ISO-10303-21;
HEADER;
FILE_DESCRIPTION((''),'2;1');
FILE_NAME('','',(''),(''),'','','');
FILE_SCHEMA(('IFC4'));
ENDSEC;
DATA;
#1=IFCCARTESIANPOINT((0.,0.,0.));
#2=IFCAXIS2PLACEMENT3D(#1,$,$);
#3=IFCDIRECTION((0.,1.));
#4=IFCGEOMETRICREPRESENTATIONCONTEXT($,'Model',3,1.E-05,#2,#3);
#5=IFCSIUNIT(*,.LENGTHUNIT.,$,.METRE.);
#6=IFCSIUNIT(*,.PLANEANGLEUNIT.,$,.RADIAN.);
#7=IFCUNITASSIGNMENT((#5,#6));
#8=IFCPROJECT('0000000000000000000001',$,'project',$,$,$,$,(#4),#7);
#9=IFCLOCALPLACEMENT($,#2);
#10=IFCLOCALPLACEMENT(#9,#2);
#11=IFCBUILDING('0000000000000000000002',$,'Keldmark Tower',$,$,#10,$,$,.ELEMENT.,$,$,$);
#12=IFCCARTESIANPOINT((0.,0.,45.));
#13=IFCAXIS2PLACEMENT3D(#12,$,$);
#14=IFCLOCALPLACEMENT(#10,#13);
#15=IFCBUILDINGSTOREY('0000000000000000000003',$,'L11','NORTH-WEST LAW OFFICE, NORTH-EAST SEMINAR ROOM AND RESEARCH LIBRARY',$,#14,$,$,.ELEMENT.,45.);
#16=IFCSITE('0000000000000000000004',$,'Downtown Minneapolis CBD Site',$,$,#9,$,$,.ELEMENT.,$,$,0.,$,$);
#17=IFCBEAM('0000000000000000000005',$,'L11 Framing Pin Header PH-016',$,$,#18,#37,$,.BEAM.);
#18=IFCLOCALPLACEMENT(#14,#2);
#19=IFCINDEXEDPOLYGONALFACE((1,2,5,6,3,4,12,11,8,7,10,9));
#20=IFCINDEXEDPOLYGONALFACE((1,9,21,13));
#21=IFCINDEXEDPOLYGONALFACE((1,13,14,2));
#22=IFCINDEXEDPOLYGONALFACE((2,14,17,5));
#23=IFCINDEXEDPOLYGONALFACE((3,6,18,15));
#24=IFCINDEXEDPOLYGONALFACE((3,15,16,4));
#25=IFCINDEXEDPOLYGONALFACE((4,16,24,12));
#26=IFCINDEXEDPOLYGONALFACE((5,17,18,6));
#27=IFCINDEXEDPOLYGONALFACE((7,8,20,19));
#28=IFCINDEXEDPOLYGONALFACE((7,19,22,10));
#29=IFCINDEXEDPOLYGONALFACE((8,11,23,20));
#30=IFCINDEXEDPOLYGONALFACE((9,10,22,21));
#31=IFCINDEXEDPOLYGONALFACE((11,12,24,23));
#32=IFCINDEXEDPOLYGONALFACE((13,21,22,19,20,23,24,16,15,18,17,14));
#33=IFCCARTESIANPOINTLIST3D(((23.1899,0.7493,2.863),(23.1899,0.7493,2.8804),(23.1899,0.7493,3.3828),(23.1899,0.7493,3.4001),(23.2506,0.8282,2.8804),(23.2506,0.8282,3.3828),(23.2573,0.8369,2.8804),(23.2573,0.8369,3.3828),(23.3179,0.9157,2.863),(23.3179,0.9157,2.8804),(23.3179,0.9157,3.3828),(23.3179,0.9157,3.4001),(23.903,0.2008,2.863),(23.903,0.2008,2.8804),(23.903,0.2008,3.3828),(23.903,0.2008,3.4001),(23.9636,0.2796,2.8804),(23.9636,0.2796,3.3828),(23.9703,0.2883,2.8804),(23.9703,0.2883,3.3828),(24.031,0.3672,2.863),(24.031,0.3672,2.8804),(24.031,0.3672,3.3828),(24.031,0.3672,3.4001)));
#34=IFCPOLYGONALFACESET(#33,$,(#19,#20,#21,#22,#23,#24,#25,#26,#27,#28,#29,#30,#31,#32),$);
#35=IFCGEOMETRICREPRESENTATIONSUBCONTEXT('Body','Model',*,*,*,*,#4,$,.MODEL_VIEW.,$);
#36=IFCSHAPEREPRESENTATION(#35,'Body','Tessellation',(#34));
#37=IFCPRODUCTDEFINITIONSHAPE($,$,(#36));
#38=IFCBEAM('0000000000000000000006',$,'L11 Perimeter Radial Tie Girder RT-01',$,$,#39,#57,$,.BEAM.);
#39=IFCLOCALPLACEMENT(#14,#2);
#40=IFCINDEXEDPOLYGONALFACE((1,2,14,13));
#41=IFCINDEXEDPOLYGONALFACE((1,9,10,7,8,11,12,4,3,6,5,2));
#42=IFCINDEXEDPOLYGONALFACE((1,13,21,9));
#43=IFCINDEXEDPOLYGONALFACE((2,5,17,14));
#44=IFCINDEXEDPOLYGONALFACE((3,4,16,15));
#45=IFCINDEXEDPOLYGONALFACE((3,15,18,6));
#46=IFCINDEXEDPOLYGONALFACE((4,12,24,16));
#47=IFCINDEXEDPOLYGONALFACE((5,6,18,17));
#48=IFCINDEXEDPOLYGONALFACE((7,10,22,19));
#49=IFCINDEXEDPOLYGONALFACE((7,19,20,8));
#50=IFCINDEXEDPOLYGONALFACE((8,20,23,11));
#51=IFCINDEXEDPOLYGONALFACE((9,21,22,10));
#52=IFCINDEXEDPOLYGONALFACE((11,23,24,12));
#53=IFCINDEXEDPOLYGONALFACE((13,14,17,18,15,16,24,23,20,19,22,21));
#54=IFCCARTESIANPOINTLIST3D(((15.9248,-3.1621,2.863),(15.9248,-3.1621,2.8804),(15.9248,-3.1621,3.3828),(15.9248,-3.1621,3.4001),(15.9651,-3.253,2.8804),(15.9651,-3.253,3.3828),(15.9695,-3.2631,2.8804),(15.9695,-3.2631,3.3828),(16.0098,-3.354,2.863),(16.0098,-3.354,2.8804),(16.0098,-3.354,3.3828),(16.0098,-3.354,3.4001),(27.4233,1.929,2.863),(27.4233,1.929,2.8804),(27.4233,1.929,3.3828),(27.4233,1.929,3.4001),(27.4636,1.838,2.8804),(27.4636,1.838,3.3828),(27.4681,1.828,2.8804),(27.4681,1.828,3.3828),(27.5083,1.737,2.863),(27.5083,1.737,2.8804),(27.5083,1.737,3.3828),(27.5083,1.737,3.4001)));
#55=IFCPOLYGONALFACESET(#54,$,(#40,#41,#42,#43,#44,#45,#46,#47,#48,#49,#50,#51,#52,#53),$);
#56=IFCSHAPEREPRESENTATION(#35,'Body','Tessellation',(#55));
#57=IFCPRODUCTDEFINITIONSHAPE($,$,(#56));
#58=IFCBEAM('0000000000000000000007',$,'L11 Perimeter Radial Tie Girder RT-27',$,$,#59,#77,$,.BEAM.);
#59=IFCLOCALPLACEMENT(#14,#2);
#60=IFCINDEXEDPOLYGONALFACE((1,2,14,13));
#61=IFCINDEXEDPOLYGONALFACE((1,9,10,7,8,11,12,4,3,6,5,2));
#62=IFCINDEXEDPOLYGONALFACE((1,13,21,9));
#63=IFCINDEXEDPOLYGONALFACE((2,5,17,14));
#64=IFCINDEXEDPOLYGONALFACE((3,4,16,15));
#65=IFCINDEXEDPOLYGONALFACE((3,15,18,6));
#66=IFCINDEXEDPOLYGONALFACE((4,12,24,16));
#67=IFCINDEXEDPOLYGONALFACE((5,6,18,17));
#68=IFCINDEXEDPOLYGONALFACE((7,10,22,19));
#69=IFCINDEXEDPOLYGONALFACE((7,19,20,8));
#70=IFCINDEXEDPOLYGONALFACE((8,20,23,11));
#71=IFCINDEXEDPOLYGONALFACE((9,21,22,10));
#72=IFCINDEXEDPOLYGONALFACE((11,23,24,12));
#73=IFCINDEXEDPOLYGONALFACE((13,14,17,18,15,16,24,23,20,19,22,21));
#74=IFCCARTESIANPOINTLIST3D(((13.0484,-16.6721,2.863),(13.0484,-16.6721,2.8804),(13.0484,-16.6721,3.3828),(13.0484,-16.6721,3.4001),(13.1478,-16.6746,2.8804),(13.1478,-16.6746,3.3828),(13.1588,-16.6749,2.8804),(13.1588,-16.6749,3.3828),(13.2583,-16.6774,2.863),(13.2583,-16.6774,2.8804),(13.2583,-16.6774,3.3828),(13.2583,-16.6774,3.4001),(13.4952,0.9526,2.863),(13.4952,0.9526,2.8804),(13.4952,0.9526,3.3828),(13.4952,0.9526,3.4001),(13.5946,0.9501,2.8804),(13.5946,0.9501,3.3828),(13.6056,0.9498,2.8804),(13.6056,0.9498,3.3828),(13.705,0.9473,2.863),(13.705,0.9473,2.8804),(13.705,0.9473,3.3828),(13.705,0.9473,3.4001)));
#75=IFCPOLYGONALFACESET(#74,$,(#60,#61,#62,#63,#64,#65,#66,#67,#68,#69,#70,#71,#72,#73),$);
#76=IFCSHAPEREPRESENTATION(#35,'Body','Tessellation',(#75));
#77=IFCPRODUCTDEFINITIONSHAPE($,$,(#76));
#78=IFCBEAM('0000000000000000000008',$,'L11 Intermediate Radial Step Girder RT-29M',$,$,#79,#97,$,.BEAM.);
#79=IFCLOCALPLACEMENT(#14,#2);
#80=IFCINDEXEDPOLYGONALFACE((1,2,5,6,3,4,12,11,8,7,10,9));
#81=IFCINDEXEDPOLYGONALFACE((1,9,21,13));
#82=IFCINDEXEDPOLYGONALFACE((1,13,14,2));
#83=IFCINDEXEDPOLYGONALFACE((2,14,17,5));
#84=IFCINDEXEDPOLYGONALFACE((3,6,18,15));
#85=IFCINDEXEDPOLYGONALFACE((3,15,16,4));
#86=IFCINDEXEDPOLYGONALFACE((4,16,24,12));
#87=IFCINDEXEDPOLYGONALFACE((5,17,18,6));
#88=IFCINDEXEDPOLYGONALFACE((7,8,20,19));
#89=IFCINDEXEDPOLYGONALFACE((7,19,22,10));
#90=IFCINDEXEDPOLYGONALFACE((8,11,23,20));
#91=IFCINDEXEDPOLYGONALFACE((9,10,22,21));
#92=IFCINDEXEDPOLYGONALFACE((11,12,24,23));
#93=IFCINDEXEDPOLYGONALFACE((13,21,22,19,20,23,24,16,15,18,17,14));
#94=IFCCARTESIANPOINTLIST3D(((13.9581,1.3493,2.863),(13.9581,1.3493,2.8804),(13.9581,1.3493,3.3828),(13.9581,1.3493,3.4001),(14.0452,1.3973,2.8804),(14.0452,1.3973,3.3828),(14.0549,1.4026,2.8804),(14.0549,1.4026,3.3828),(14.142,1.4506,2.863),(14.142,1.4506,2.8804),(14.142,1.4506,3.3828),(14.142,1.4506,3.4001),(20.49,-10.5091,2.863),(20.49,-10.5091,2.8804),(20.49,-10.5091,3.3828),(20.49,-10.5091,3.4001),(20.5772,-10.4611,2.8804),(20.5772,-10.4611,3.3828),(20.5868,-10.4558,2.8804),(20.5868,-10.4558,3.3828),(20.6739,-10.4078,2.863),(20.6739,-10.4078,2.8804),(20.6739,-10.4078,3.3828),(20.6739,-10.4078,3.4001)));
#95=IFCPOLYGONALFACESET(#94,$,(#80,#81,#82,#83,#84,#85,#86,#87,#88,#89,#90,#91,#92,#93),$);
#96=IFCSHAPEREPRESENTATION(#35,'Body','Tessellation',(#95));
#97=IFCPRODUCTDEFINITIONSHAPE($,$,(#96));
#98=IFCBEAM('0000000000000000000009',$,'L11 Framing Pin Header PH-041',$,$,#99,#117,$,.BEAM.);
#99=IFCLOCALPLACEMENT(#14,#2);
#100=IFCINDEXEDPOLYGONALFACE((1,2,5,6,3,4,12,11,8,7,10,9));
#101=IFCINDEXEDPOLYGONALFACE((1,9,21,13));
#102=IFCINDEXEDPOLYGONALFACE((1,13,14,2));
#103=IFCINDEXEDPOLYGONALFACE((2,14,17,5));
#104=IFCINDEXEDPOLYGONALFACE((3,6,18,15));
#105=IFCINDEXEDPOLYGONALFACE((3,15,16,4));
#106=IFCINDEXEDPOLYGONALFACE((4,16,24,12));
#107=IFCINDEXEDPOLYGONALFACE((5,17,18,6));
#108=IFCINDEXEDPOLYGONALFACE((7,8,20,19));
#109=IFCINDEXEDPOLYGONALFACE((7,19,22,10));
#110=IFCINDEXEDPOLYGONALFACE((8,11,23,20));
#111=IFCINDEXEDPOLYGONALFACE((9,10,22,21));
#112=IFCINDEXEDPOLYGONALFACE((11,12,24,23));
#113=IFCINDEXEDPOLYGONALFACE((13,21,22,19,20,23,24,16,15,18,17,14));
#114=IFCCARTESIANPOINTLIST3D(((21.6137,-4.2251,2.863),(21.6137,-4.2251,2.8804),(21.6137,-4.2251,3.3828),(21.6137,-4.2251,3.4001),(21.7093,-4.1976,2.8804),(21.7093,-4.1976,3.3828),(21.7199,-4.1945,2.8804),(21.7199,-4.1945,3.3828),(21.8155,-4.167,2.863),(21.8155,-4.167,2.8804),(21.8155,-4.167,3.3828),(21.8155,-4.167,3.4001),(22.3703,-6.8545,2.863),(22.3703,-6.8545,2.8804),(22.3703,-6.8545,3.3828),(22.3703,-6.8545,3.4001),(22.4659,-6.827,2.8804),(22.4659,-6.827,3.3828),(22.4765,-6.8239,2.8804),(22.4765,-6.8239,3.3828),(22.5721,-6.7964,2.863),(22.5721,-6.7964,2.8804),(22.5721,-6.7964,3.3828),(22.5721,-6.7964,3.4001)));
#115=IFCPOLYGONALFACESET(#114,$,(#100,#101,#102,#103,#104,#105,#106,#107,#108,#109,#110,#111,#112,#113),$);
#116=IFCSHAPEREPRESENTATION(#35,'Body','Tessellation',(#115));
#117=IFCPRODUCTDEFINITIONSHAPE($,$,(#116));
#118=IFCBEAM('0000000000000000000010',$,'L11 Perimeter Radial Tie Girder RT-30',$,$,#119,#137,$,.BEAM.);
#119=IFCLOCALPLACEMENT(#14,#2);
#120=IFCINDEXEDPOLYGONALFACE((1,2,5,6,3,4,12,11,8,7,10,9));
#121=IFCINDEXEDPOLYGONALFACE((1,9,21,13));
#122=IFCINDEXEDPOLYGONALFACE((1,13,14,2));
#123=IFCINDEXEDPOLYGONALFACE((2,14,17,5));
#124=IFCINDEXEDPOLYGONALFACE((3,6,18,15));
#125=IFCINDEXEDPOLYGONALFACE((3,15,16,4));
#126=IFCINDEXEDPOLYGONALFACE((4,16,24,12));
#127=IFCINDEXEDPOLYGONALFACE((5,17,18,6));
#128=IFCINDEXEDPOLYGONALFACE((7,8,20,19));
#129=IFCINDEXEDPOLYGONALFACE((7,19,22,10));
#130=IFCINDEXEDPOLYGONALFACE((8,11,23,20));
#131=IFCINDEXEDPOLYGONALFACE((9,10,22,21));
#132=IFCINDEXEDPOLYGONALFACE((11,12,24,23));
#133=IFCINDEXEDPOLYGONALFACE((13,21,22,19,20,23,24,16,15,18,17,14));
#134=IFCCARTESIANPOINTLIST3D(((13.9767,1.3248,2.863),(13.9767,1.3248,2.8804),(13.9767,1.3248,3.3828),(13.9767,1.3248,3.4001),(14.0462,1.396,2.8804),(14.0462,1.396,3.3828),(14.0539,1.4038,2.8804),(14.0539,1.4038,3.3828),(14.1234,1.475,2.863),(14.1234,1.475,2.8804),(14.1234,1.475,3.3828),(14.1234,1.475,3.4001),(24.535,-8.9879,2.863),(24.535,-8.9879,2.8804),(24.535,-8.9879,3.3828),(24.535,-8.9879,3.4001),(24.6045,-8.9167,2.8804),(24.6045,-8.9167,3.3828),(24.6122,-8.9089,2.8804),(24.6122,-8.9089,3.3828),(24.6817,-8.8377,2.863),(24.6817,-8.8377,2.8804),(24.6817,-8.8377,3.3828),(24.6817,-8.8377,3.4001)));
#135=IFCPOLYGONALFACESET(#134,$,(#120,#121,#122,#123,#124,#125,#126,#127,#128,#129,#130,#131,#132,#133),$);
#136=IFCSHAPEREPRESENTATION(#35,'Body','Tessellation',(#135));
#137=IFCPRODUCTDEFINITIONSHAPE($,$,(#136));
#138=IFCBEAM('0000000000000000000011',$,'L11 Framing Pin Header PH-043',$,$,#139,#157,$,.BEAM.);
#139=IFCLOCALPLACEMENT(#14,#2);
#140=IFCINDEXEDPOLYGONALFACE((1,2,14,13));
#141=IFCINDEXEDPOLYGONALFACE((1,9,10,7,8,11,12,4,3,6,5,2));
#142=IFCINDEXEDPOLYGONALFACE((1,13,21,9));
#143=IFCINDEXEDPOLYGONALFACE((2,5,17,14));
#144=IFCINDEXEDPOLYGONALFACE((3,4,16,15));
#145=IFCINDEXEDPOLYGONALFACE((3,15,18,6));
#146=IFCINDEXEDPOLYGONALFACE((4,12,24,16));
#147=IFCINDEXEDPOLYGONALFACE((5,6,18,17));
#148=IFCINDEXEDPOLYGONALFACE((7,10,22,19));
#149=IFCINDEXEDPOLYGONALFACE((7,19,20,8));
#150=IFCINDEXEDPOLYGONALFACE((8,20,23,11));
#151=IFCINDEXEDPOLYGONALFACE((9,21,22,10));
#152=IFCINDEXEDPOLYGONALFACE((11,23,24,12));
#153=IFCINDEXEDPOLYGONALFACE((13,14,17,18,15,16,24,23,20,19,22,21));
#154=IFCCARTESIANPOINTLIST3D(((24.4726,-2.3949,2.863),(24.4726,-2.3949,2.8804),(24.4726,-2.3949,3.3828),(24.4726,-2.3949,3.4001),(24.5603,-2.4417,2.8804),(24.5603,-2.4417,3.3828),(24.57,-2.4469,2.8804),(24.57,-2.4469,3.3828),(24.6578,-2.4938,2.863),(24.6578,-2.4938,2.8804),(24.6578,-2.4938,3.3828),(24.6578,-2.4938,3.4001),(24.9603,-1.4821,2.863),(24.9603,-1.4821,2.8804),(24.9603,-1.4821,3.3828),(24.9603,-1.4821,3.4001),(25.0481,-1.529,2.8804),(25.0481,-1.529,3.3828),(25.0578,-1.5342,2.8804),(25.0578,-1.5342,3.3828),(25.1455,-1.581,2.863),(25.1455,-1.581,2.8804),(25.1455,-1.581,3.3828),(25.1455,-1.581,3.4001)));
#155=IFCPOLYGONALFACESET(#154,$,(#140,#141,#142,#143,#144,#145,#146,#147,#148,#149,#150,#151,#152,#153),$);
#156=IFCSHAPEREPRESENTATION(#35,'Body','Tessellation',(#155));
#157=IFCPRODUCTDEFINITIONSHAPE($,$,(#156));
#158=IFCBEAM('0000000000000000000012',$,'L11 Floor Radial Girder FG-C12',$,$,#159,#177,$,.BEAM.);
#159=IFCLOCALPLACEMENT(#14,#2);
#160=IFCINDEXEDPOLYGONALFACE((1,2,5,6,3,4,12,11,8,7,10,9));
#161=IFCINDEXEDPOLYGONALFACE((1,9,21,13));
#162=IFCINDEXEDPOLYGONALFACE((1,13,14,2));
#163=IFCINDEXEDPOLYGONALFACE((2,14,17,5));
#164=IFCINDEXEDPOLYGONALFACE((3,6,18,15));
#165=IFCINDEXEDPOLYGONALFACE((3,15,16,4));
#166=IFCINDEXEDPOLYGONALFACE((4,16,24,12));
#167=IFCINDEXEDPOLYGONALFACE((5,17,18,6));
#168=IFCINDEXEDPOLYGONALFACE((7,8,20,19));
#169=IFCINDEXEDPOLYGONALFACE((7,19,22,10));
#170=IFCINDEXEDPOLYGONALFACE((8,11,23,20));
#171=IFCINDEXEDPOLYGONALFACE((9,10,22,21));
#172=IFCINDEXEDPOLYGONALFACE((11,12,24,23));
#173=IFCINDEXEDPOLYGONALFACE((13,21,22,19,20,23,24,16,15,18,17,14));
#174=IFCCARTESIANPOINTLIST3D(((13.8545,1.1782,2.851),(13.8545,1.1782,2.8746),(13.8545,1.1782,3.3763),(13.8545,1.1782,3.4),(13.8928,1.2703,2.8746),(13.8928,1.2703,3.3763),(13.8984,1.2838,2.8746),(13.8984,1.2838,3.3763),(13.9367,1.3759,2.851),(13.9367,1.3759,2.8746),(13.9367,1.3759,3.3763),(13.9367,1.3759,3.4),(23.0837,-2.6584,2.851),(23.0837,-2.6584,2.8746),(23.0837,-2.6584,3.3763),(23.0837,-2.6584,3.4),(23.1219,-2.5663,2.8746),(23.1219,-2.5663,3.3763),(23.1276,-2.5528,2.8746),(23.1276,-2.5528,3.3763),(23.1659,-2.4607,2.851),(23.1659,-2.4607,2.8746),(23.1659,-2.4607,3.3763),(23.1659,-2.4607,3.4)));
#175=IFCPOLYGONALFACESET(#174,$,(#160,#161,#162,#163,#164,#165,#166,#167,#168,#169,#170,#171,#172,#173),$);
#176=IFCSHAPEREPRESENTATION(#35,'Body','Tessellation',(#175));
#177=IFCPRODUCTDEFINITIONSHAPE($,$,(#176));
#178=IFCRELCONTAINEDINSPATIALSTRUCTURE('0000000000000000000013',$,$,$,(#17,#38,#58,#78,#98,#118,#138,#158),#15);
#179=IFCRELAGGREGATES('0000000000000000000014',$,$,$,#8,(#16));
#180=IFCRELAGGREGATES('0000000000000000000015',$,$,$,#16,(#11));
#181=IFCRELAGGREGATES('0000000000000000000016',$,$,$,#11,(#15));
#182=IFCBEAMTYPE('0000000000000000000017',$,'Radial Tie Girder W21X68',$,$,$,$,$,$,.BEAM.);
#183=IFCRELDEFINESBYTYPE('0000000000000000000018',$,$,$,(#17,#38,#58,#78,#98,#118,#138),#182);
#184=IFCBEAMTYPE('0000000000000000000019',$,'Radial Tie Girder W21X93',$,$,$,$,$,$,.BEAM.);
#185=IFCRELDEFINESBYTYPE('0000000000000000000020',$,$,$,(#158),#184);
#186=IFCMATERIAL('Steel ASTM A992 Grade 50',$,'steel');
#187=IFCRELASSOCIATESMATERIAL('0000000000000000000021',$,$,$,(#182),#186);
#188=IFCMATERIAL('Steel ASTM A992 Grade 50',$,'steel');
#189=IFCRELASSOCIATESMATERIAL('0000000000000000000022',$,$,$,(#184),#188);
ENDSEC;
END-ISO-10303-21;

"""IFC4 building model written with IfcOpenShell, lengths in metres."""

from ifc_helpers import new_model, si_unit, direction, frame, origin, origin_2d, place, context, subcontext, project, spatial, i_section, extrude, material, material_profile, profile_set, type_object, element, save


model = new_model("IFC4")

# Units and contexts
model_context = context("Model", 3, precision=1e-05, world=origin(), true_north=direction((0.0, 1.0)))
body_context = subcontext(model_context, "Body", "Model", "MODEL_VIEW")
ifc_project = project(units=[si_unit("LENGTHUNIT", "METRE"), si_unit("PLANEANGLEUNIT", "RADIAN")], contexts=[model_context])

# Site, building, storey
site_placement = place(None, origin())
site = spatial("IfcSite", under=ifc_project, at=site_placement, Name="Downtown Minneapolis CBD Site", CompositionType="ELEMENT", RefElevation=0.0)
building_placement = place(site_placement, origin())
building = spatial("IfcBuilding", under=site, at=building_placement, Name="Keldmark Tower", CompositionType="ELEMENT")
storey_placement = place(building_placement, frame((0.0, 0.0, 45.0)))
storey = spatial("IfcBuildingStorey", under=building, at=storey_placement, Name="L11", Description="NORTH-WEST LAW OFFICE, NORTH-EAST SEMINAR ROOM AND RESEARCH LIBRARY", CompositionType="ELEMENT", Elevation=45.0)

# Beams
ifc_material_1 = material(Name="Steel ASTM A992 Grade 50", Category="steel")
ifc_material_profile_1 = material_profile(ifc_material_1, i_section(OverallWidth=0.21, OverallDepth=0.5371, WebThickness=0.011, FlangeThickness=0.0173, at=origin_2d()), Name="W21X68")
ifc_profile_set_1 = profile_set([ifc_material_profile_1], Name="Steel ASTM A992 Grade 50")
beam_type_1 = type_object("IfcBeamType", Name="Radial Tie Girder W21X68", PredefinedType="BEAM", material=ifc_profile_set_1)
beam_1_placement = place(storey_placement, frame((23.2539, 0.8325, 3.1316), z_axis=(0.792614, -0.609724, 0.0), x_axis=(0.609724, 0.792614, 0.0)))
element("IfcBeam", 1, at=beam_1_placement, inside=storey, type_object=beam_type_1, Name="L11 Framing Pin Header PH-016", PredefinedType="BEAM", context=body_context, shape_type="SweptSolid", body=[
    extrude(i_section(OverallWidth=0.21, OverallDepth=0.5371, WebThickness=0.011, FlangeThickness=0.0173, at=origin_2d()), origin(), (0.0, 0.0, 1.0), 0.8997),
])
beam_2_placement = place(storey_placement, frame((15.9673, -3.2581, 3.1316), z_axis=(0.914383, 0.40485, 0.0), x_axis=(-0.40485, 0.914383, 0.0)))
element("IfcBeam", 2, at=beam_2_placement, inside=storey, type_object=beam_type_1, Name="L11 Perimeter Radial Tie Girder RT-01", PredefinedType="BEAM", context=body_context, shape_type="SweptSolid", body=[
    extrude(i_section(OverallWidth=0.21, OverallDepth=0.5371, WebThickness=0.011, FlangeThickness=0.0173, at=origin_2d()), origin(), (0.0, 0.0, 1.0), 12.5752),
])
beam_3_placement = place(storey_placement, frame((13.6001, 0.95, 3.1316), z_axis=(-0.025341, -0.999679, 0.0), x_axis=(0.999679, -0.025341, 0.0)))
element("IfcBeam", 3, at=beam_3_placement, inside=storey, type_object=beam_type_1, Name="L11 Perimeter Radial Tie Girder RT-27", PredefinedType="BEAM", context=body_context, shape_type="SweptSolid", body=[
    extrude(i_section(OverallWidth=0.21, OverallDepth=0.5371, WebThickness=0.011, FlangeThickness=0.0173, at=origin_2d()), origin(), (0.0, 0.0, 1.0), 17.6304),
])
beam_4_placement = place(storey_placement, frame((14.05, 1.3999, 3.1316), z_axis=(0.482478, -0.875908, 0.0), x_axis=(0.875908, 0.482478, 0.0)))
element("IfcBeam", 4, at=beam_4_placement, inside=storey, type_object=beam_type_1, Name="L11 Intermediate Radial Step Girder RT-29M", PredefinedType="BEAM", context=body_context, shape_type="SweptSolid", body=[
    extrude(i_section(OverallWidth=0.21, OverallDepth=0.5371, WebThickness=0.011, FlangeThickness=0.0173, at=origin_2d()), origin(), (0.0, 0.0, 1.0), 13.5383),
])
beam_5_placement = place(storey_placement, frame((21.7146, -4.196, 3.1316), z_axis=(0.276524, -0.961007, 0.0), x_axis=(0.961007, 0.276524, 0.0)))
element("IfcBeam", 5, at=beam_5_placement, inside=storey, type_object=beam_type_1, Name="L11 Framing Pin Header PH-041", PredefinedType="BEAM", context=body_context, shape_type="SweptSolid", body=[
    extrude(i_section(OverallWidth=0.21, OverallDepth=0.5371, WebThickness=0.011, FlangeThickness=0.0173, at=origin_2d()), origin(), (0.0, 0.0, 1.0), 2.7361),
])
beam_6_placement = place(storey_placement, frame((14.05, 1.3999, 3.1316), z_axis=(0.715378, -0.698737, 0.0), x_axis=(0.698737, 0.715378, 0.0)))
element("IfcBeam", 6, at=beam_6_placement, inside=storey, type_object=beam_type_1, Name="L11 Perimeter Radial Tie Girder RT-30", PredefinedType="BEAM", context=body_context, shape_type="SweptSolid", body=[
    extrude(i_section(OverallWidth=0.21, OverallDepth=0.5371, WebThickness=0.011, FlangeThickness=0.0173, at=origin_2d()), origin(), (0.0, 0.0, 1.0), 14.759),
])
beam_7_placement = place(storey_placement, frame((24.5652, -2.4443, 3.1316), z_axis=(0.471298, 0.881974, 0.0), x_axis=(-0.881974, 0.471298, 0.0)))
element("IfcBeam", 7, at=beam_7_placement, inside=storey, type_object=beam_type_1, Name="L11 Framing Pin Header PH-043", PredefinedType="BEAM", context=body_context, shape_type="SweptSolid", body=[
    extrude(i_section(OverallWidth=0.21, OverallDepth=0.5371, WebThickness=0.011, FlangeThickness=0.0173, at=origin_2d()), origin(), (0.0, 0.0, 1.0), 1.0349),
])
ifc_material_2 = material(Name="Steel ASTM A992 Grade 50", Category="steel")
ifc_material_profile_2 = material_profile(ifc_material_2, i_section(OverallWidth=0.2141, OverallDepth=0.5491, WebThickness=0.0146, FlangeThickness=0.0237, at=origin_2d()), Name="W21X93")
ifc_profile_set_2 = profile_set([ifc_material_profile_2], Name="Steel ASTM A992 Grade 50")
beam_type_2 = type_object("IfcBeamType", Name="Radial Tie Girder W21X93", PredefinedType="BEAM", material=ifc_profile_set_2)
beam_8_placement = place(storey_placement, frame((23.1248, -2.5596, 3.1255), z_axis=(-0.923391, 0.383861, 0.0), x_axis=(-0.383861, -0.923391, 0.0)))
element("IfcBeam", 8, at=beam_8_placement, inside=storey, type_object=beam_type_2, Name="L11 Floor Radial Girder FG-C12", PredefinedType="BEAM", context=body_context, shape_type="SweptSolid", body=[
    extrude(i_section(OverallWidth=0.2141, OverallDepth=0.5491, WebThickness=0.0146, FlangeThickness=0.0237, at=origin_2d()), origin(), (0.0, 0.0, 1.0), 9.9949),
])

save(model, "model.ifc")
